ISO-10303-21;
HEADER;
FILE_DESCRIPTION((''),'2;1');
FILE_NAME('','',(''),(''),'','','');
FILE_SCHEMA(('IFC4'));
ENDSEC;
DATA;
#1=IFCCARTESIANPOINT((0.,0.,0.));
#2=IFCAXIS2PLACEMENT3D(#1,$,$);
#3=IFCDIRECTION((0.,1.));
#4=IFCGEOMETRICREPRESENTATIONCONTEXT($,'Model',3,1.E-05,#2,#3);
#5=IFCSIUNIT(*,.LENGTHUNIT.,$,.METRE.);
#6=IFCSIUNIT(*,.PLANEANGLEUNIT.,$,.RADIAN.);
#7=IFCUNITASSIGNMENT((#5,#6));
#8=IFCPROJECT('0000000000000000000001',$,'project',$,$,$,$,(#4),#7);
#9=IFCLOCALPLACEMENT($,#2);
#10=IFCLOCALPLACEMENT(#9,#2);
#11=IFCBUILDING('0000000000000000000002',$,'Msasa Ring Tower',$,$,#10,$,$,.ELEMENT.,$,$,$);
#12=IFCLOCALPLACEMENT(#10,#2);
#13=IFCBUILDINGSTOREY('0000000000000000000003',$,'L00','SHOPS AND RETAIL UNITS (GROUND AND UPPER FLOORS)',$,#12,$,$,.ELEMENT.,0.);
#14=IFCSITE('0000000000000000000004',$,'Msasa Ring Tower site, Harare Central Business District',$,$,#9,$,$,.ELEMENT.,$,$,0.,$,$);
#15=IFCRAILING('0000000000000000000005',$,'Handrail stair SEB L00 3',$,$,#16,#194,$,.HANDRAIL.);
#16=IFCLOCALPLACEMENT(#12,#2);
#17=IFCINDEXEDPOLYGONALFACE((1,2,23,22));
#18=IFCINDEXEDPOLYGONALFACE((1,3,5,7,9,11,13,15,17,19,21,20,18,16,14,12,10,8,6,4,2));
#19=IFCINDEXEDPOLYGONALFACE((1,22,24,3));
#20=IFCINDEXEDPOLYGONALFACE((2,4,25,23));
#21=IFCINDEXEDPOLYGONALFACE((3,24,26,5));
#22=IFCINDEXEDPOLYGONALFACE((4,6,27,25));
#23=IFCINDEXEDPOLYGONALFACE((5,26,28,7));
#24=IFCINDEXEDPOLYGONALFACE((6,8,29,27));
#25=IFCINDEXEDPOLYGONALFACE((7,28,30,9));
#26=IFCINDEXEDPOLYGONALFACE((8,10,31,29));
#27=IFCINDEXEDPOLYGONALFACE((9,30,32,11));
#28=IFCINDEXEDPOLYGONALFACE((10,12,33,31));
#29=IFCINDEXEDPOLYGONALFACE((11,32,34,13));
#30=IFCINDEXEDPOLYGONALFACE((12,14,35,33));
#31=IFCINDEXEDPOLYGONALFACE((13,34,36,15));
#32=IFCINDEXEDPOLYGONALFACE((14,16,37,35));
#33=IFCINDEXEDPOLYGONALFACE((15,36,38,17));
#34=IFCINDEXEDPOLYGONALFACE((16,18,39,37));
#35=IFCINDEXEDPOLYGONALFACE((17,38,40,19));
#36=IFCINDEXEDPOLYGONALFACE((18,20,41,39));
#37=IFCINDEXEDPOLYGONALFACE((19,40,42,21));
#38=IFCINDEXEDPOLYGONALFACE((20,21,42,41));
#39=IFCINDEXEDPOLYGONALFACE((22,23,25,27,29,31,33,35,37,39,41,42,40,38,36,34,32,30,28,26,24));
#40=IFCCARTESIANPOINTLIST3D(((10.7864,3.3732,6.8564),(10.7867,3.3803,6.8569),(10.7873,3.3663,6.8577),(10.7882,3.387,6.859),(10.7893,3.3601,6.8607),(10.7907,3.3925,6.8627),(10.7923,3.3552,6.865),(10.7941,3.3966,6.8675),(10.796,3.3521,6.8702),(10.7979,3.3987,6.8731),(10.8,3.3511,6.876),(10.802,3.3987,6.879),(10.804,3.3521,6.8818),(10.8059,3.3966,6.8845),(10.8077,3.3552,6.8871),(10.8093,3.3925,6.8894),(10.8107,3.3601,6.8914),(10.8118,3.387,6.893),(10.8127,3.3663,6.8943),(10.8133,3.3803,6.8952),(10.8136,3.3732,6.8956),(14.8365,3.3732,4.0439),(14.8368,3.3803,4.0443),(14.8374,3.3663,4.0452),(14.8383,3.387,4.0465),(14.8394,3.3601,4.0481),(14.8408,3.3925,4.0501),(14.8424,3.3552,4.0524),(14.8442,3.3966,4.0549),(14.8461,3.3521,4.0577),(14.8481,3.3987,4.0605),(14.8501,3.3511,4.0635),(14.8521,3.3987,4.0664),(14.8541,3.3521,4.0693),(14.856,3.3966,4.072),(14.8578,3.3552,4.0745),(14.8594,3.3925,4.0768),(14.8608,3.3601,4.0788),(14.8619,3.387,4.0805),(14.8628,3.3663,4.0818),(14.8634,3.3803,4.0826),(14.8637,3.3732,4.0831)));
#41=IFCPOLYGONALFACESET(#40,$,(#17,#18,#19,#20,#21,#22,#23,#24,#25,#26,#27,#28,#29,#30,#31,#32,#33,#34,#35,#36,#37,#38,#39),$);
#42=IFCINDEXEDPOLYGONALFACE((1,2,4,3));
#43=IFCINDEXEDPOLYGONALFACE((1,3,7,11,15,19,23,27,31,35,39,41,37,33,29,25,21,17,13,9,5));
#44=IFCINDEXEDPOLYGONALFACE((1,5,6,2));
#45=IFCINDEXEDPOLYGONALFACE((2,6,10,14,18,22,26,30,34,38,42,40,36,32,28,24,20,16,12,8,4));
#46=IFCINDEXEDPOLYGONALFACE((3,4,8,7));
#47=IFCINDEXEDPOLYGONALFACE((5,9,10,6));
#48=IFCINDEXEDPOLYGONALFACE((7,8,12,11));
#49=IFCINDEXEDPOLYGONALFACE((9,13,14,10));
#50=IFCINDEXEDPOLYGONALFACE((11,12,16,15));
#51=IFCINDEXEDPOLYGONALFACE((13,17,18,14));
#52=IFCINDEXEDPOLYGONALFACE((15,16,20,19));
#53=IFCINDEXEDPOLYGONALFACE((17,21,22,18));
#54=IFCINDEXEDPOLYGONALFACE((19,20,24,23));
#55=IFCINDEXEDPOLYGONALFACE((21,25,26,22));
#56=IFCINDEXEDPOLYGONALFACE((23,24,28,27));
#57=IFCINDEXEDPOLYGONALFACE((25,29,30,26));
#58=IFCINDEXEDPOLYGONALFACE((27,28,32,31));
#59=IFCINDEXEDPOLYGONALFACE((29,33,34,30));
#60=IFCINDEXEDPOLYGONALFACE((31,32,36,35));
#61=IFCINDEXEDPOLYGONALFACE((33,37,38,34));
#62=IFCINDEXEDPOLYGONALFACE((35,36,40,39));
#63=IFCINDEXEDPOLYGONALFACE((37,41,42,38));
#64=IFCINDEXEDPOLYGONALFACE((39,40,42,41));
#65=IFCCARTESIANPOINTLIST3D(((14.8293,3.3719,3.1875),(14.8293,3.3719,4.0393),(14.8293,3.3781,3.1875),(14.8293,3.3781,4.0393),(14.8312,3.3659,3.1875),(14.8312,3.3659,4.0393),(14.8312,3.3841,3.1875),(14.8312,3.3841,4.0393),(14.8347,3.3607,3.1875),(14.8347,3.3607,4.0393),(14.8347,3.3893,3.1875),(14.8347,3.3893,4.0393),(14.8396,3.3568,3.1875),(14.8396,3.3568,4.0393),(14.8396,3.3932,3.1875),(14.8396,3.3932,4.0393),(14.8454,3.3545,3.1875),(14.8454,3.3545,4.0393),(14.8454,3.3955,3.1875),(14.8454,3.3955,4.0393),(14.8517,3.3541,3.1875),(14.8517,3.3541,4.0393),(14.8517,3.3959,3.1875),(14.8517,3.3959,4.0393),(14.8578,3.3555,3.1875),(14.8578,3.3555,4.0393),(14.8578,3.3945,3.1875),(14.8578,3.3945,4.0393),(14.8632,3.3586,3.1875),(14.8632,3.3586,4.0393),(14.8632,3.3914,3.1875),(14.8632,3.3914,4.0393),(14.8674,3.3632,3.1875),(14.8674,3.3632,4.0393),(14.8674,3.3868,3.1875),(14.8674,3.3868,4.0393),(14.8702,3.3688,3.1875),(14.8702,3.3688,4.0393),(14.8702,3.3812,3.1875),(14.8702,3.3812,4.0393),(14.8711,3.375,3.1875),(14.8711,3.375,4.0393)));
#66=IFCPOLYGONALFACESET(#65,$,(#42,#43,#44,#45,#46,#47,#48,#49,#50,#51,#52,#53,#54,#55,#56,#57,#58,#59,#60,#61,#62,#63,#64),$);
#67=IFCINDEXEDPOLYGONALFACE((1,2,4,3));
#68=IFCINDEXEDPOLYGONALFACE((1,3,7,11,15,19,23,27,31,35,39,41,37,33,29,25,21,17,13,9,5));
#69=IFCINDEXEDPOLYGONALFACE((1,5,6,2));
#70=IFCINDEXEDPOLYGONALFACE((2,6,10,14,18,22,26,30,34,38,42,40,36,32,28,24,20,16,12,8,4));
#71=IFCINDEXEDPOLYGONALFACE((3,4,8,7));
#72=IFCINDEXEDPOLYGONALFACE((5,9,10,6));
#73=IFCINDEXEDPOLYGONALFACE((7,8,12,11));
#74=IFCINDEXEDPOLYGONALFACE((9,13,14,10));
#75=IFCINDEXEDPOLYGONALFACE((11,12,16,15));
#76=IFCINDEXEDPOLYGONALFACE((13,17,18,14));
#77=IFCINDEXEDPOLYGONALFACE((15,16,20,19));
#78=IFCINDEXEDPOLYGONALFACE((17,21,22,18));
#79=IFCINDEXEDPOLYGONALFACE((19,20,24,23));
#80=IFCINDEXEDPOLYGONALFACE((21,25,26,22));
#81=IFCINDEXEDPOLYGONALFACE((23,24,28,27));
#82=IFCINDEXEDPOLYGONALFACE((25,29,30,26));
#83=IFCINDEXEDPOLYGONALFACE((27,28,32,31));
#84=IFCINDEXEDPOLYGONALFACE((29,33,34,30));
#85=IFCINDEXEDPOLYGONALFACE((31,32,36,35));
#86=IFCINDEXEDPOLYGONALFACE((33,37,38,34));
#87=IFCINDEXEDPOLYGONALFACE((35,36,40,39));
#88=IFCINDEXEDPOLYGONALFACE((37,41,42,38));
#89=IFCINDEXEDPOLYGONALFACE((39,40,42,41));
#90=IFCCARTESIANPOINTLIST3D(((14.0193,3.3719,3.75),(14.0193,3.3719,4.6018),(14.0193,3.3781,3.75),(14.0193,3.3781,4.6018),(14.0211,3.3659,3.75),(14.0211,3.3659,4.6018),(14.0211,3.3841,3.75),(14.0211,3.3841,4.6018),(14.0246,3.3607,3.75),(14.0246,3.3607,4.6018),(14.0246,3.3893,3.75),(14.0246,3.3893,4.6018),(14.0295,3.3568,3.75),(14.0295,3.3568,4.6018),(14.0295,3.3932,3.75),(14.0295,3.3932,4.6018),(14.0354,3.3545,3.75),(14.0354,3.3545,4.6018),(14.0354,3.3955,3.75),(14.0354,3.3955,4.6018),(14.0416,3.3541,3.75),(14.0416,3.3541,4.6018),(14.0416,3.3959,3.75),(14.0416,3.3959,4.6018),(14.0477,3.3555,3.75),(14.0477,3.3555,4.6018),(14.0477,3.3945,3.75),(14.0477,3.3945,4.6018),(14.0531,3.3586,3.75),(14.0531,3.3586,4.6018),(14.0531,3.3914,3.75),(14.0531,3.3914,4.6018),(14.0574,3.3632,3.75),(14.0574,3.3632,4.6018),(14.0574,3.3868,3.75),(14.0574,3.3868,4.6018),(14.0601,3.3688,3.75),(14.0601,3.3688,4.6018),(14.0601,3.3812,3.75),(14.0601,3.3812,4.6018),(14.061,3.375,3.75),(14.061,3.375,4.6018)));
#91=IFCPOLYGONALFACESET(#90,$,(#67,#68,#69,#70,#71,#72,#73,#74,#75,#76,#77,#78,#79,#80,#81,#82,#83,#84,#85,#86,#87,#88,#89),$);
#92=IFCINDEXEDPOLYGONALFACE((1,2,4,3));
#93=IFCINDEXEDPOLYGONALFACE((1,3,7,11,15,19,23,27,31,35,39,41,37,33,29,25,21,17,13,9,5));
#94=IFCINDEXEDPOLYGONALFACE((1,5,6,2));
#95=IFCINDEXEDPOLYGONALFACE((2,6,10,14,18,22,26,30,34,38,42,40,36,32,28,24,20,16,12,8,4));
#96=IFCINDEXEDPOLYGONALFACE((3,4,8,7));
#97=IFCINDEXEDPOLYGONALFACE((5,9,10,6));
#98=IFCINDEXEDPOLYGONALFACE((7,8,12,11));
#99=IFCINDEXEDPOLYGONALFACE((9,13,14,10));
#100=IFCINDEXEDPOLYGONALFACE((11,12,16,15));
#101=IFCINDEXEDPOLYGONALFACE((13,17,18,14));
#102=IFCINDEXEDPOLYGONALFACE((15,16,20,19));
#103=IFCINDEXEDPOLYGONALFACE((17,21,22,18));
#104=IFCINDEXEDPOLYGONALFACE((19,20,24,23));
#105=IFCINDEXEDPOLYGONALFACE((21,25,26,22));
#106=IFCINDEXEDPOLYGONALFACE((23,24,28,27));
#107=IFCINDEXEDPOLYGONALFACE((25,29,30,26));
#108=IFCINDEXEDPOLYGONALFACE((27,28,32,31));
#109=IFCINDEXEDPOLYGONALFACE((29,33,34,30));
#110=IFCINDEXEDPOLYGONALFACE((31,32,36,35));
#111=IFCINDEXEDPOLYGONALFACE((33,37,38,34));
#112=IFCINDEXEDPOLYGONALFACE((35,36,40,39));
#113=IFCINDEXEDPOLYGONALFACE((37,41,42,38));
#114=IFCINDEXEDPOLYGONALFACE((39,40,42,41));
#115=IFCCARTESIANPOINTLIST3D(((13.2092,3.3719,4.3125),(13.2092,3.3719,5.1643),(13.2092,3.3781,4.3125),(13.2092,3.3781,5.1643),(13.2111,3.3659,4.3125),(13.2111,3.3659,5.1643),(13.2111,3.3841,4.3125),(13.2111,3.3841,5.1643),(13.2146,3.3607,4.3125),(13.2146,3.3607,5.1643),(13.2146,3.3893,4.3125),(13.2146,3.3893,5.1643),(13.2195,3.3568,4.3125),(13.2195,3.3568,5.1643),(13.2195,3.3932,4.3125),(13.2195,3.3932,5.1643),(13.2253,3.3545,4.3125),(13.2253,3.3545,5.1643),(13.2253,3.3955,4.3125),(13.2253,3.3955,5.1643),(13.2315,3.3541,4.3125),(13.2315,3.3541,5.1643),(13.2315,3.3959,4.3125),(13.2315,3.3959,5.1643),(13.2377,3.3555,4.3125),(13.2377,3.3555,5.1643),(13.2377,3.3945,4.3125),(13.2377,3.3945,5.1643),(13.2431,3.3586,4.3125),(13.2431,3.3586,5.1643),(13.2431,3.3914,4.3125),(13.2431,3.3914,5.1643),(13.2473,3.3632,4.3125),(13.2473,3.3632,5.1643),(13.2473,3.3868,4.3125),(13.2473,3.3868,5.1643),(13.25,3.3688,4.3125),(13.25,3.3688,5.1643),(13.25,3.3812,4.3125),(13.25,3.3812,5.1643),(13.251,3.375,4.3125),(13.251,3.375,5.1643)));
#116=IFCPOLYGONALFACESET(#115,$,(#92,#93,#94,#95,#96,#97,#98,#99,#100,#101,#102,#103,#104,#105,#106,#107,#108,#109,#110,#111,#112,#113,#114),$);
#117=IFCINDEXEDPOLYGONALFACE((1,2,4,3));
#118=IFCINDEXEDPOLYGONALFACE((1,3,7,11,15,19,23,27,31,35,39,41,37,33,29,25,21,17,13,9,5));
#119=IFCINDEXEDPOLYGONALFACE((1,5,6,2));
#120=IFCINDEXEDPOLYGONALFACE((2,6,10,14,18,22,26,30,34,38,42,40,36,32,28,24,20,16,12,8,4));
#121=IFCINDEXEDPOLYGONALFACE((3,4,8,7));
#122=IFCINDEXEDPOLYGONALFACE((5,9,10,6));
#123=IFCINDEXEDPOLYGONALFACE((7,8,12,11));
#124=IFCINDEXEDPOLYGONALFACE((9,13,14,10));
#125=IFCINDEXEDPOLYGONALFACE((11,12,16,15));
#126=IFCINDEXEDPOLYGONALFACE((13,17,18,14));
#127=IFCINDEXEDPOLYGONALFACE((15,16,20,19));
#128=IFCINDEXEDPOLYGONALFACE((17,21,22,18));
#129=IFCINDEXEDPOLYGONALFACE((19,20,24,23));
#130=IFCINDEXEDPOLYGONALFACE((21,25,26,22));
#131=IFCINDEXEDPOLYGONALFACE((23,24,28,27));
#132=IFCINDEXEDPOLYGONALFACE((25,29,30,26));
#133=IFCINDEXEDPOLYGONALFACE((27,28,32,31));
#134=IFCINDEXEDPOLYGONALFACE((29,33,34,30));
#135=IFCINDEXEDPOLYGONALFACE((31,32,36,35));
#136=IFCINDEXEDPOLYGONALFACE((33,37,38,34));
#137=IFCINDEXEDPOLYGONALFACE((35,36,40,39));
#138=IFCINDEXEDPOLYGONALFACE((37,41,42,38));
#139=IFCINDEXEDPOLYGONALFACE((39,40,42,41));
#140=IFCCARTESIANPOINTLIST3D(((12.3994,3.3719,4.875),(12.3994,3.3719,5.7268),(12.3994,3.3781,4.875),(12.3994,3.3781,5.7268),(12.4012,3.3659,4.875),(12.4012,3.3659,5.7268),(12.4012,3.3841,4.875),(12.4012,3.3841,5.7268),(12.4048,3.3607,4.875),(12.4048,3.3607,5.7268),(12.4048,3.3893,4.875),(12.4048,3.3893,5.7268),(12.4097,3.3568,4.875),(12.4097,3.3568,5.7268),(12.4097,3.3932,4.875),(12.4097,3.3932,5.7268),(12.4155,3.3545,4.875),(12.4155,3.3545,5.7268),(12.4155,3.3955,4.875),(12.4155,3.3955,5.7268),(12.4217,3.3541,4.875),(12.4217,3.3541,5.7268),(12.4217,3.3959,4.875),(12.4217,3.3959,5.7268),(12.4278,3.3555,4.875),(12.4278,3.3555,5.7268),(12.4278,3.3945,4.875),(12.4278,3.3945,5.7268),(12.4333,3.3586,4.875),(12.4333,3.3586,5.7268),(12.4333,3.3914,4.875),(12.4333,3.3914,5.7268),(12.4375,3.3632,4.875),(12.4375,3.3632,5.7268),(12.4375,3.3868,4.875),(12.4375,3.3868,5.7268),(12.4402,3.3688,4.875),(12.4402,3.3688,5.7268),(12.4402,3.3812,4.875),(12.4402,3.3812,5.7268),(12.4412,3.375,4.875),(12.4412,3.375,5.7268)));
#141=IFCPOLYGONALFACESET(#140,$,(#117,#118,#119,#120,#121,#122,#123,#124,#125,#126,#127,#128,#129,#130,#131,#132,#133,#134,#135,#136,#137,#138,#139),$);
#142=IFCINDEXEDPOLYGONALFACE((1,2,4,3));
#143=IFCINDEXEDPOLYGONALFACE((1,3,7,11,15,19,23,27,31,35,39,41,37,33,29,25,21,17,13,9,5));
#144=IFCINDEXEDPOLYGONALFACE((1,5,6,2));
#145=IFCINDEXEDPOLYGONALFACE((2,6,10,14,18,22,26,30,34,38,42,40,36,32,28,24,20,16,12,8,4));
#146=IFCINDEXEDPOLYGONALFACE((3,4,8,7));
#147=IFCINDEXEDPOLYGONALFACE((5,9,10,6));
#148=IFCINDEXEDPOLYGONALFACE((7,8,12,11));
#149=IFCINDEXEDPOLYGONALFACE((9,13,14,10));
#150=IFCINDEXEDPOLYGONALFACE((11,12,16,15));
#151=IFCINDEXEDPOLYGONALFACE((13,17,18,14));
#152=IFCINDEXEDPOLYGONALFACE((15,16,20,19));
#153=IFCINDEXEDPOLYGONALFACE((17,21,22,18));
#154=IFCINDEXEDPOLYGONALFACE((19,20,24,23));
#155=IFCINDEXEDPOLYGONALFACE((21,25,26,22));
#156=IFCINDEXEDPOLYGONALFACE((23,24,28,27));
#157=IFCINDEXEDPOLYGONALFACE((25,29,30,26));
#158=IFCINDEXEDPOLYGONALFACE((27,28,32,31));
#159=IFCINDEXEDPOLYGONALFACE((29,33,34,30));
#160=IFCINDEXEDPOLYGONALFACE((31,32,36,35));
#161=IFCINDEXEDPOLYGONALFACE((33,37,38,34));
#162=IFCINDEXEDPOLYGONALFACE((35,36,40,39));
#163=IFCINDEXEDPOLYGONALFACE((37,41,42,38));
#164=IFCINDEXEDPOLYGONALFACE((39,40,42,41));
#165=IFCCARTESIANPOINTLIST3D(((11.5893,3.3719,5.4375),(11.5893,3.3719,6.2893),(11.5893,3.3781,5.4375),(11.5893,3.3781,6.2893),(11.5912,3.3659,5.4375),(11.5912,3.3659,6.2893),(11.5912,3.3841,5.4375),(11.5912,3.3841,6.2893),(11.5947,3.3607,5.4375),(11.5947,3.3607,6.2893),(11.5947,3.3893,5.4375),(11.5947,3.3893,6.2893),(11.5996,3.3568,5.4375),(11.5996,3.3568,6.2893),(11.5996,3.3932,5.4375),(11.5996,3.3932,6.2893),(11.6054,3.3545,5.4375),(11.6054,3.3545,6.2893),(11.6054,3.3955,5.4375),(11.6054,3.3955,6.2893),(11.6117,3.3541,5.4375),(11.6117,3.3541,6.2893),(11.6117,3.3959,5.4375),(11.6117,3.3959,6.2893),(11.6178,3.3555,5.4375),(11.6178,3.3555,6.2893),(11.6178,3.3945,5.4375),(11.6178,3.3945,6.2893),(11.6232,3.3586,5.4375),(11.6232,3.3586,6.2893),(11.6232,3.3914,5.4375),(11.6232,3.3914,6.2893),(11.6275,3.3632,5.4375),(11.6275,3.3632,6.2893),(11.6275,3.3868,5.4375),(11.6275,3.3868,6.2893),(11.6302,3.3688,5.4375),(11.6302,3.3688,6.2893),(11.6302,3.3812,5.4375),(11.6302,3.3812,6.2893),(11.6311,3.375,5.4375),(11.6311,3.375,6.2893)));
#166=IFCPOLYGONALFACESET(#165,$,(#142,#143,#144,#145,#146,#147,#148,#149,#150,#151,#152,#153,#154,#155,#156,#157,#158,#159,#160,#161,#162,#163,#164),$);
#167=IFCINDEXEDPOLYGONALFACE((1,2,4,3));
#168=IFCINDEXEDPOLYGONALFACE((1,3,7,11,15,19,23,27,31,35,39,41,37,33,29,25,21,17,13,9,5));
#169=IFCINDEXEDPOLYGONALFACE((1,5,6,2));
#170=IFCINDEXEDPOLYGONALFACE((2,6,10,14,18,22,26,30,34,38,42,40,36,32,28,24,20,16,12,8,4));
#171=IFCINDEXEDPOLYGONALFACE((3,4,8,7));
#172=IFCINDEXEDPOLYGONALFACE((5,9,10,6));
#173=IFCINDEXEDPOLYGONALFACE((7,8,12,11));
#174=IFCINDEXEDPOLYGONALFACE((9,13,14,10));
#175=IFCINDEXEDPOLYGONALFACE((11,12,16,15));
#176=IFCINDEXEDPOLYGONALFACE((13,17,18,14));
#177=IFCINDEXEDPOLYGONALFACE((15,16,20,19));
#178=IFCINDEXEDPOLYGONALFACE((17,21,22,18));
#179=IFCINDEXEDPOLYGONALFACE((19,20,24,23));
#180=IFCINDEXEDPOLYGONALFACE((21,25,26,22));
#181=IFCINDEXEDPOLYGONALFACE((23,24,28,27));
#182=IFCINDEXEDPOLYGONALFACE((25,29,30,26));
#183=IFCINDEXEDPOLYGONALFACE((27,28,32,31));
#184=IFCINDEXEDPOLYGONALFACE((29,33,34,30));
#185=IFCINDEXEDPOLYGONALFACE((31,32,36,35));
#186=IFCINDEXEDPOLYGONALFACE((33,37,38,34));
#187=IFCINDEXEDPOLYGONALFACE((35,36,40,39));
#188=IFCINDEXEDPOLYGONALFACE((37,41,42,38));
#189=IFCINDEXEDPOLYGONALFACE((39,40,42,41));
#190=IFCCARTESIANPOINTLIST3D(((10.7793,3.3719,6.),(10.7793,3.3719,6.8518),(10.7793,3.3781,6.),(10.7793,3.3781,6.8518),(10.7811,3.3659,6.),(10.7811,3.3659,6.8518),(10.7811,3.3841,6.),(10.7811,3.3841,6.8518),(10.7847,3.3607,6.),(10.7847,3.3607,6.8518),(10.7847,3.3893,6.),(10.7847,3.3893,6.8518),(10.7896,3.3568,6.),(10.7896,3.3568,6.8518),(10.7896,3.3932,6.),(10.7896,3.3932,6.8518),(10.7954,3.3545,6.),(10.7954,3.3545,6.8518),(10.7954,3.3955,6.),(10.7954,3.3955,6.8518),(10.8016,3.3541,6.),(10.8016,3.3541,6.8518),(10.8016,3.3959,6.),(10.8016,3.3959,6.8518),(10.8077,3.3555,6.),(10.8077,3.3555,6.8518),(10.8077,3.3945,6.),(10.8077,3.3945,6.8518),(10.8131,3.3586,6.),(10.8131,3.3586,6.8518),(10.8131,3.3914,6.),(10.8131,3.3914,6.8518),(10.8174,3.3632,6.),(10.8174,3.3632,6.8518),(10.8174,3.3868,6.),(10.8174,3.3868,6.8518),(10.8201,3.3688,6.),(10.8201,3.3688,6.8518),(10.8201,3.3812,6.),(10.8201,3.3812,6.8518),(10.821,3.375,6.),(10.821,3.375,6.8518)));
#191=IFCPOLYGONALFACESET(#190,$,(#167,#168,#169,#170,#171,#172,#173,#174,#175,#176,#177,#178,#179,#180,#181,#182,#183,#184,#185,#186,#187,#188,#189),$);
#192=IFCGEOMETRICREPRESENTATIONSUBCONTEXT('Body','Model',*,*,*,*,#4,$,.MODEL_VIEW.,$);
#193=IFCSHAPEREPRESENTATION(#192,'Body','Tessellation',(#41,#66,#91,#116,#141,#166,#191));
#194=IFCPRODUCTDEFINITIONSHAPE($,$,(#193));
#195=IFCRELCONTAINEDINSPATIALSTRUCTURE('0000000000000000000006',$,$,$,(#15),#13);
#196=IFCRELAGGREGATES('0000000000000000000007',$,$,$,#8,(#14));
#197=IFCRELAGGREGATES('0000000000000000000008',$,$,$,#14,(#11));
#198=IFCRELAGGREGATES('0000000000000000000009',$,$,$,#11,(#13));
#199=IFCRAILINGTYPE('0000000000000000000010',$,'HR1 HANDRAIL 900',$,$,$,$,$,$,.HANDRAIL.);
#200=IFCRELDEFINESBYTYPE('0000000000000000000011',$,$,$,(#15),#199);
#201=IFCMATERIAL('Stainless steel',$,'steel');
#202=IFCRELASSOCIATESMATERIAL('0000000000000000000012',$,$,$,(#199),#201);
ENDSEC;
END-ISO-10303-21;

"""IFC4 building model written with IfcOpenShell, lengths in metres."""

from ifc_helpers import new_model, si_unit, direction, frame, origin, origin_2d, place, context, subcontext, project, spatial, circle, extrude, material, type_object, element, save


model = new_model("IFC4")

# Units and contexts
model_context = context("Model", 3, precision=1e-05, world=origin(), true_north=direction((0.0, 1.0)))
body_context = subcontext(model_context, "Body", "Model", "MODEL_VIEW")
ifc_project = project(units=[si_unit("LENGTHUNIT", "METRE"), si_unit("PLANEANGLEUNIT", "RADIAN")], contexts=[model_context])

# Site, building, storey
site_placement = place(None, origin())
site = spatial("IfcSite", under=ifc_project, at=site_placement, Name="Msasa Ring Tower site, Harare Central Business District", CompositionType="ELEMENT", RefElevation=0.0)
building_placement = place(site_placement, origin())
building = spatial("IfcBuilding", under=site, at=building_placement, Name="Msasa Ring Tower", CompositionType="ELEMENT")
storey_placement = place(building_placement, origin())
storey = spatial("IfcBuildingStorey", under=building, at=storey_placement, Name="L00", Description="SHOPS AND RETAIL UNITS (GROUND AND UPPER FLOORS)", CompositionType="ELEMENT", Elevation=0.0)

# Railing
ifc_material_1 = material(Name="Stainless steel", Category="steel")
railing_type = type_object("IfcRailingType", Name="HR1 HANDRAIL 900", PredefinedType="HANDRAIL", material=ifc_material_1)
for number, where, name in (
    (1, (14.8501, 3.375, 3.1875), "Handrail stair SEB L00 3"),
):
    element("IfcRailing", number, at=place(storey_placement, frame(where)), inside=storey, type_object=railing_type, Name=name, PredefinedType="HANDRAIL", context=body_context, shape_type="SweptSolid", body=[
        extrude(circle(Radius=0.0239, at=origin_2d()), frame((0.0, 0.0, 0.876), z_axis=(-0.821373, 0.0, 0.570391), x_axis=(0.0, -1.0, 0.0)), (0.0, 0.0, 1.0), 4.9309),
        extrude(circle(Radius=0.021, at=origin_2d()), origin(), (0.0, 0.0, 1.0), 0.8518),
        extrude(circle(Radius=0.021, at=origin_2d()), frame((-0.8101, 0.0, 0.5625)), (0.0, 0.0, 1.0), 0.8518),
        extrude(circle(Radius=0.021, at=origin_2d()), frame((-1.6201, 0.0, 1.125)), (0.0, 0.0, 1.0), 0.8518),
        extrude(circle(Radius=0.021, at=origin_2d()), frame((-2.4299, 0.0, 1.6875)), (0.0, 0.0, 1.0), 0.8518),
        extrude(circle(Radius=0.021, at=origin_2d()), frame((-3.24, 0.0, 2.25)), (0.0, 0.0, 1.0), 0.8518),
        extrude(circle(Radius=0.021, at=origin_2d()), frame((-4.05, 0.0, 2.8125)), (0.0, 0.0, 1.0), 0.8518),
    ])

save(model, "model.ifc")
